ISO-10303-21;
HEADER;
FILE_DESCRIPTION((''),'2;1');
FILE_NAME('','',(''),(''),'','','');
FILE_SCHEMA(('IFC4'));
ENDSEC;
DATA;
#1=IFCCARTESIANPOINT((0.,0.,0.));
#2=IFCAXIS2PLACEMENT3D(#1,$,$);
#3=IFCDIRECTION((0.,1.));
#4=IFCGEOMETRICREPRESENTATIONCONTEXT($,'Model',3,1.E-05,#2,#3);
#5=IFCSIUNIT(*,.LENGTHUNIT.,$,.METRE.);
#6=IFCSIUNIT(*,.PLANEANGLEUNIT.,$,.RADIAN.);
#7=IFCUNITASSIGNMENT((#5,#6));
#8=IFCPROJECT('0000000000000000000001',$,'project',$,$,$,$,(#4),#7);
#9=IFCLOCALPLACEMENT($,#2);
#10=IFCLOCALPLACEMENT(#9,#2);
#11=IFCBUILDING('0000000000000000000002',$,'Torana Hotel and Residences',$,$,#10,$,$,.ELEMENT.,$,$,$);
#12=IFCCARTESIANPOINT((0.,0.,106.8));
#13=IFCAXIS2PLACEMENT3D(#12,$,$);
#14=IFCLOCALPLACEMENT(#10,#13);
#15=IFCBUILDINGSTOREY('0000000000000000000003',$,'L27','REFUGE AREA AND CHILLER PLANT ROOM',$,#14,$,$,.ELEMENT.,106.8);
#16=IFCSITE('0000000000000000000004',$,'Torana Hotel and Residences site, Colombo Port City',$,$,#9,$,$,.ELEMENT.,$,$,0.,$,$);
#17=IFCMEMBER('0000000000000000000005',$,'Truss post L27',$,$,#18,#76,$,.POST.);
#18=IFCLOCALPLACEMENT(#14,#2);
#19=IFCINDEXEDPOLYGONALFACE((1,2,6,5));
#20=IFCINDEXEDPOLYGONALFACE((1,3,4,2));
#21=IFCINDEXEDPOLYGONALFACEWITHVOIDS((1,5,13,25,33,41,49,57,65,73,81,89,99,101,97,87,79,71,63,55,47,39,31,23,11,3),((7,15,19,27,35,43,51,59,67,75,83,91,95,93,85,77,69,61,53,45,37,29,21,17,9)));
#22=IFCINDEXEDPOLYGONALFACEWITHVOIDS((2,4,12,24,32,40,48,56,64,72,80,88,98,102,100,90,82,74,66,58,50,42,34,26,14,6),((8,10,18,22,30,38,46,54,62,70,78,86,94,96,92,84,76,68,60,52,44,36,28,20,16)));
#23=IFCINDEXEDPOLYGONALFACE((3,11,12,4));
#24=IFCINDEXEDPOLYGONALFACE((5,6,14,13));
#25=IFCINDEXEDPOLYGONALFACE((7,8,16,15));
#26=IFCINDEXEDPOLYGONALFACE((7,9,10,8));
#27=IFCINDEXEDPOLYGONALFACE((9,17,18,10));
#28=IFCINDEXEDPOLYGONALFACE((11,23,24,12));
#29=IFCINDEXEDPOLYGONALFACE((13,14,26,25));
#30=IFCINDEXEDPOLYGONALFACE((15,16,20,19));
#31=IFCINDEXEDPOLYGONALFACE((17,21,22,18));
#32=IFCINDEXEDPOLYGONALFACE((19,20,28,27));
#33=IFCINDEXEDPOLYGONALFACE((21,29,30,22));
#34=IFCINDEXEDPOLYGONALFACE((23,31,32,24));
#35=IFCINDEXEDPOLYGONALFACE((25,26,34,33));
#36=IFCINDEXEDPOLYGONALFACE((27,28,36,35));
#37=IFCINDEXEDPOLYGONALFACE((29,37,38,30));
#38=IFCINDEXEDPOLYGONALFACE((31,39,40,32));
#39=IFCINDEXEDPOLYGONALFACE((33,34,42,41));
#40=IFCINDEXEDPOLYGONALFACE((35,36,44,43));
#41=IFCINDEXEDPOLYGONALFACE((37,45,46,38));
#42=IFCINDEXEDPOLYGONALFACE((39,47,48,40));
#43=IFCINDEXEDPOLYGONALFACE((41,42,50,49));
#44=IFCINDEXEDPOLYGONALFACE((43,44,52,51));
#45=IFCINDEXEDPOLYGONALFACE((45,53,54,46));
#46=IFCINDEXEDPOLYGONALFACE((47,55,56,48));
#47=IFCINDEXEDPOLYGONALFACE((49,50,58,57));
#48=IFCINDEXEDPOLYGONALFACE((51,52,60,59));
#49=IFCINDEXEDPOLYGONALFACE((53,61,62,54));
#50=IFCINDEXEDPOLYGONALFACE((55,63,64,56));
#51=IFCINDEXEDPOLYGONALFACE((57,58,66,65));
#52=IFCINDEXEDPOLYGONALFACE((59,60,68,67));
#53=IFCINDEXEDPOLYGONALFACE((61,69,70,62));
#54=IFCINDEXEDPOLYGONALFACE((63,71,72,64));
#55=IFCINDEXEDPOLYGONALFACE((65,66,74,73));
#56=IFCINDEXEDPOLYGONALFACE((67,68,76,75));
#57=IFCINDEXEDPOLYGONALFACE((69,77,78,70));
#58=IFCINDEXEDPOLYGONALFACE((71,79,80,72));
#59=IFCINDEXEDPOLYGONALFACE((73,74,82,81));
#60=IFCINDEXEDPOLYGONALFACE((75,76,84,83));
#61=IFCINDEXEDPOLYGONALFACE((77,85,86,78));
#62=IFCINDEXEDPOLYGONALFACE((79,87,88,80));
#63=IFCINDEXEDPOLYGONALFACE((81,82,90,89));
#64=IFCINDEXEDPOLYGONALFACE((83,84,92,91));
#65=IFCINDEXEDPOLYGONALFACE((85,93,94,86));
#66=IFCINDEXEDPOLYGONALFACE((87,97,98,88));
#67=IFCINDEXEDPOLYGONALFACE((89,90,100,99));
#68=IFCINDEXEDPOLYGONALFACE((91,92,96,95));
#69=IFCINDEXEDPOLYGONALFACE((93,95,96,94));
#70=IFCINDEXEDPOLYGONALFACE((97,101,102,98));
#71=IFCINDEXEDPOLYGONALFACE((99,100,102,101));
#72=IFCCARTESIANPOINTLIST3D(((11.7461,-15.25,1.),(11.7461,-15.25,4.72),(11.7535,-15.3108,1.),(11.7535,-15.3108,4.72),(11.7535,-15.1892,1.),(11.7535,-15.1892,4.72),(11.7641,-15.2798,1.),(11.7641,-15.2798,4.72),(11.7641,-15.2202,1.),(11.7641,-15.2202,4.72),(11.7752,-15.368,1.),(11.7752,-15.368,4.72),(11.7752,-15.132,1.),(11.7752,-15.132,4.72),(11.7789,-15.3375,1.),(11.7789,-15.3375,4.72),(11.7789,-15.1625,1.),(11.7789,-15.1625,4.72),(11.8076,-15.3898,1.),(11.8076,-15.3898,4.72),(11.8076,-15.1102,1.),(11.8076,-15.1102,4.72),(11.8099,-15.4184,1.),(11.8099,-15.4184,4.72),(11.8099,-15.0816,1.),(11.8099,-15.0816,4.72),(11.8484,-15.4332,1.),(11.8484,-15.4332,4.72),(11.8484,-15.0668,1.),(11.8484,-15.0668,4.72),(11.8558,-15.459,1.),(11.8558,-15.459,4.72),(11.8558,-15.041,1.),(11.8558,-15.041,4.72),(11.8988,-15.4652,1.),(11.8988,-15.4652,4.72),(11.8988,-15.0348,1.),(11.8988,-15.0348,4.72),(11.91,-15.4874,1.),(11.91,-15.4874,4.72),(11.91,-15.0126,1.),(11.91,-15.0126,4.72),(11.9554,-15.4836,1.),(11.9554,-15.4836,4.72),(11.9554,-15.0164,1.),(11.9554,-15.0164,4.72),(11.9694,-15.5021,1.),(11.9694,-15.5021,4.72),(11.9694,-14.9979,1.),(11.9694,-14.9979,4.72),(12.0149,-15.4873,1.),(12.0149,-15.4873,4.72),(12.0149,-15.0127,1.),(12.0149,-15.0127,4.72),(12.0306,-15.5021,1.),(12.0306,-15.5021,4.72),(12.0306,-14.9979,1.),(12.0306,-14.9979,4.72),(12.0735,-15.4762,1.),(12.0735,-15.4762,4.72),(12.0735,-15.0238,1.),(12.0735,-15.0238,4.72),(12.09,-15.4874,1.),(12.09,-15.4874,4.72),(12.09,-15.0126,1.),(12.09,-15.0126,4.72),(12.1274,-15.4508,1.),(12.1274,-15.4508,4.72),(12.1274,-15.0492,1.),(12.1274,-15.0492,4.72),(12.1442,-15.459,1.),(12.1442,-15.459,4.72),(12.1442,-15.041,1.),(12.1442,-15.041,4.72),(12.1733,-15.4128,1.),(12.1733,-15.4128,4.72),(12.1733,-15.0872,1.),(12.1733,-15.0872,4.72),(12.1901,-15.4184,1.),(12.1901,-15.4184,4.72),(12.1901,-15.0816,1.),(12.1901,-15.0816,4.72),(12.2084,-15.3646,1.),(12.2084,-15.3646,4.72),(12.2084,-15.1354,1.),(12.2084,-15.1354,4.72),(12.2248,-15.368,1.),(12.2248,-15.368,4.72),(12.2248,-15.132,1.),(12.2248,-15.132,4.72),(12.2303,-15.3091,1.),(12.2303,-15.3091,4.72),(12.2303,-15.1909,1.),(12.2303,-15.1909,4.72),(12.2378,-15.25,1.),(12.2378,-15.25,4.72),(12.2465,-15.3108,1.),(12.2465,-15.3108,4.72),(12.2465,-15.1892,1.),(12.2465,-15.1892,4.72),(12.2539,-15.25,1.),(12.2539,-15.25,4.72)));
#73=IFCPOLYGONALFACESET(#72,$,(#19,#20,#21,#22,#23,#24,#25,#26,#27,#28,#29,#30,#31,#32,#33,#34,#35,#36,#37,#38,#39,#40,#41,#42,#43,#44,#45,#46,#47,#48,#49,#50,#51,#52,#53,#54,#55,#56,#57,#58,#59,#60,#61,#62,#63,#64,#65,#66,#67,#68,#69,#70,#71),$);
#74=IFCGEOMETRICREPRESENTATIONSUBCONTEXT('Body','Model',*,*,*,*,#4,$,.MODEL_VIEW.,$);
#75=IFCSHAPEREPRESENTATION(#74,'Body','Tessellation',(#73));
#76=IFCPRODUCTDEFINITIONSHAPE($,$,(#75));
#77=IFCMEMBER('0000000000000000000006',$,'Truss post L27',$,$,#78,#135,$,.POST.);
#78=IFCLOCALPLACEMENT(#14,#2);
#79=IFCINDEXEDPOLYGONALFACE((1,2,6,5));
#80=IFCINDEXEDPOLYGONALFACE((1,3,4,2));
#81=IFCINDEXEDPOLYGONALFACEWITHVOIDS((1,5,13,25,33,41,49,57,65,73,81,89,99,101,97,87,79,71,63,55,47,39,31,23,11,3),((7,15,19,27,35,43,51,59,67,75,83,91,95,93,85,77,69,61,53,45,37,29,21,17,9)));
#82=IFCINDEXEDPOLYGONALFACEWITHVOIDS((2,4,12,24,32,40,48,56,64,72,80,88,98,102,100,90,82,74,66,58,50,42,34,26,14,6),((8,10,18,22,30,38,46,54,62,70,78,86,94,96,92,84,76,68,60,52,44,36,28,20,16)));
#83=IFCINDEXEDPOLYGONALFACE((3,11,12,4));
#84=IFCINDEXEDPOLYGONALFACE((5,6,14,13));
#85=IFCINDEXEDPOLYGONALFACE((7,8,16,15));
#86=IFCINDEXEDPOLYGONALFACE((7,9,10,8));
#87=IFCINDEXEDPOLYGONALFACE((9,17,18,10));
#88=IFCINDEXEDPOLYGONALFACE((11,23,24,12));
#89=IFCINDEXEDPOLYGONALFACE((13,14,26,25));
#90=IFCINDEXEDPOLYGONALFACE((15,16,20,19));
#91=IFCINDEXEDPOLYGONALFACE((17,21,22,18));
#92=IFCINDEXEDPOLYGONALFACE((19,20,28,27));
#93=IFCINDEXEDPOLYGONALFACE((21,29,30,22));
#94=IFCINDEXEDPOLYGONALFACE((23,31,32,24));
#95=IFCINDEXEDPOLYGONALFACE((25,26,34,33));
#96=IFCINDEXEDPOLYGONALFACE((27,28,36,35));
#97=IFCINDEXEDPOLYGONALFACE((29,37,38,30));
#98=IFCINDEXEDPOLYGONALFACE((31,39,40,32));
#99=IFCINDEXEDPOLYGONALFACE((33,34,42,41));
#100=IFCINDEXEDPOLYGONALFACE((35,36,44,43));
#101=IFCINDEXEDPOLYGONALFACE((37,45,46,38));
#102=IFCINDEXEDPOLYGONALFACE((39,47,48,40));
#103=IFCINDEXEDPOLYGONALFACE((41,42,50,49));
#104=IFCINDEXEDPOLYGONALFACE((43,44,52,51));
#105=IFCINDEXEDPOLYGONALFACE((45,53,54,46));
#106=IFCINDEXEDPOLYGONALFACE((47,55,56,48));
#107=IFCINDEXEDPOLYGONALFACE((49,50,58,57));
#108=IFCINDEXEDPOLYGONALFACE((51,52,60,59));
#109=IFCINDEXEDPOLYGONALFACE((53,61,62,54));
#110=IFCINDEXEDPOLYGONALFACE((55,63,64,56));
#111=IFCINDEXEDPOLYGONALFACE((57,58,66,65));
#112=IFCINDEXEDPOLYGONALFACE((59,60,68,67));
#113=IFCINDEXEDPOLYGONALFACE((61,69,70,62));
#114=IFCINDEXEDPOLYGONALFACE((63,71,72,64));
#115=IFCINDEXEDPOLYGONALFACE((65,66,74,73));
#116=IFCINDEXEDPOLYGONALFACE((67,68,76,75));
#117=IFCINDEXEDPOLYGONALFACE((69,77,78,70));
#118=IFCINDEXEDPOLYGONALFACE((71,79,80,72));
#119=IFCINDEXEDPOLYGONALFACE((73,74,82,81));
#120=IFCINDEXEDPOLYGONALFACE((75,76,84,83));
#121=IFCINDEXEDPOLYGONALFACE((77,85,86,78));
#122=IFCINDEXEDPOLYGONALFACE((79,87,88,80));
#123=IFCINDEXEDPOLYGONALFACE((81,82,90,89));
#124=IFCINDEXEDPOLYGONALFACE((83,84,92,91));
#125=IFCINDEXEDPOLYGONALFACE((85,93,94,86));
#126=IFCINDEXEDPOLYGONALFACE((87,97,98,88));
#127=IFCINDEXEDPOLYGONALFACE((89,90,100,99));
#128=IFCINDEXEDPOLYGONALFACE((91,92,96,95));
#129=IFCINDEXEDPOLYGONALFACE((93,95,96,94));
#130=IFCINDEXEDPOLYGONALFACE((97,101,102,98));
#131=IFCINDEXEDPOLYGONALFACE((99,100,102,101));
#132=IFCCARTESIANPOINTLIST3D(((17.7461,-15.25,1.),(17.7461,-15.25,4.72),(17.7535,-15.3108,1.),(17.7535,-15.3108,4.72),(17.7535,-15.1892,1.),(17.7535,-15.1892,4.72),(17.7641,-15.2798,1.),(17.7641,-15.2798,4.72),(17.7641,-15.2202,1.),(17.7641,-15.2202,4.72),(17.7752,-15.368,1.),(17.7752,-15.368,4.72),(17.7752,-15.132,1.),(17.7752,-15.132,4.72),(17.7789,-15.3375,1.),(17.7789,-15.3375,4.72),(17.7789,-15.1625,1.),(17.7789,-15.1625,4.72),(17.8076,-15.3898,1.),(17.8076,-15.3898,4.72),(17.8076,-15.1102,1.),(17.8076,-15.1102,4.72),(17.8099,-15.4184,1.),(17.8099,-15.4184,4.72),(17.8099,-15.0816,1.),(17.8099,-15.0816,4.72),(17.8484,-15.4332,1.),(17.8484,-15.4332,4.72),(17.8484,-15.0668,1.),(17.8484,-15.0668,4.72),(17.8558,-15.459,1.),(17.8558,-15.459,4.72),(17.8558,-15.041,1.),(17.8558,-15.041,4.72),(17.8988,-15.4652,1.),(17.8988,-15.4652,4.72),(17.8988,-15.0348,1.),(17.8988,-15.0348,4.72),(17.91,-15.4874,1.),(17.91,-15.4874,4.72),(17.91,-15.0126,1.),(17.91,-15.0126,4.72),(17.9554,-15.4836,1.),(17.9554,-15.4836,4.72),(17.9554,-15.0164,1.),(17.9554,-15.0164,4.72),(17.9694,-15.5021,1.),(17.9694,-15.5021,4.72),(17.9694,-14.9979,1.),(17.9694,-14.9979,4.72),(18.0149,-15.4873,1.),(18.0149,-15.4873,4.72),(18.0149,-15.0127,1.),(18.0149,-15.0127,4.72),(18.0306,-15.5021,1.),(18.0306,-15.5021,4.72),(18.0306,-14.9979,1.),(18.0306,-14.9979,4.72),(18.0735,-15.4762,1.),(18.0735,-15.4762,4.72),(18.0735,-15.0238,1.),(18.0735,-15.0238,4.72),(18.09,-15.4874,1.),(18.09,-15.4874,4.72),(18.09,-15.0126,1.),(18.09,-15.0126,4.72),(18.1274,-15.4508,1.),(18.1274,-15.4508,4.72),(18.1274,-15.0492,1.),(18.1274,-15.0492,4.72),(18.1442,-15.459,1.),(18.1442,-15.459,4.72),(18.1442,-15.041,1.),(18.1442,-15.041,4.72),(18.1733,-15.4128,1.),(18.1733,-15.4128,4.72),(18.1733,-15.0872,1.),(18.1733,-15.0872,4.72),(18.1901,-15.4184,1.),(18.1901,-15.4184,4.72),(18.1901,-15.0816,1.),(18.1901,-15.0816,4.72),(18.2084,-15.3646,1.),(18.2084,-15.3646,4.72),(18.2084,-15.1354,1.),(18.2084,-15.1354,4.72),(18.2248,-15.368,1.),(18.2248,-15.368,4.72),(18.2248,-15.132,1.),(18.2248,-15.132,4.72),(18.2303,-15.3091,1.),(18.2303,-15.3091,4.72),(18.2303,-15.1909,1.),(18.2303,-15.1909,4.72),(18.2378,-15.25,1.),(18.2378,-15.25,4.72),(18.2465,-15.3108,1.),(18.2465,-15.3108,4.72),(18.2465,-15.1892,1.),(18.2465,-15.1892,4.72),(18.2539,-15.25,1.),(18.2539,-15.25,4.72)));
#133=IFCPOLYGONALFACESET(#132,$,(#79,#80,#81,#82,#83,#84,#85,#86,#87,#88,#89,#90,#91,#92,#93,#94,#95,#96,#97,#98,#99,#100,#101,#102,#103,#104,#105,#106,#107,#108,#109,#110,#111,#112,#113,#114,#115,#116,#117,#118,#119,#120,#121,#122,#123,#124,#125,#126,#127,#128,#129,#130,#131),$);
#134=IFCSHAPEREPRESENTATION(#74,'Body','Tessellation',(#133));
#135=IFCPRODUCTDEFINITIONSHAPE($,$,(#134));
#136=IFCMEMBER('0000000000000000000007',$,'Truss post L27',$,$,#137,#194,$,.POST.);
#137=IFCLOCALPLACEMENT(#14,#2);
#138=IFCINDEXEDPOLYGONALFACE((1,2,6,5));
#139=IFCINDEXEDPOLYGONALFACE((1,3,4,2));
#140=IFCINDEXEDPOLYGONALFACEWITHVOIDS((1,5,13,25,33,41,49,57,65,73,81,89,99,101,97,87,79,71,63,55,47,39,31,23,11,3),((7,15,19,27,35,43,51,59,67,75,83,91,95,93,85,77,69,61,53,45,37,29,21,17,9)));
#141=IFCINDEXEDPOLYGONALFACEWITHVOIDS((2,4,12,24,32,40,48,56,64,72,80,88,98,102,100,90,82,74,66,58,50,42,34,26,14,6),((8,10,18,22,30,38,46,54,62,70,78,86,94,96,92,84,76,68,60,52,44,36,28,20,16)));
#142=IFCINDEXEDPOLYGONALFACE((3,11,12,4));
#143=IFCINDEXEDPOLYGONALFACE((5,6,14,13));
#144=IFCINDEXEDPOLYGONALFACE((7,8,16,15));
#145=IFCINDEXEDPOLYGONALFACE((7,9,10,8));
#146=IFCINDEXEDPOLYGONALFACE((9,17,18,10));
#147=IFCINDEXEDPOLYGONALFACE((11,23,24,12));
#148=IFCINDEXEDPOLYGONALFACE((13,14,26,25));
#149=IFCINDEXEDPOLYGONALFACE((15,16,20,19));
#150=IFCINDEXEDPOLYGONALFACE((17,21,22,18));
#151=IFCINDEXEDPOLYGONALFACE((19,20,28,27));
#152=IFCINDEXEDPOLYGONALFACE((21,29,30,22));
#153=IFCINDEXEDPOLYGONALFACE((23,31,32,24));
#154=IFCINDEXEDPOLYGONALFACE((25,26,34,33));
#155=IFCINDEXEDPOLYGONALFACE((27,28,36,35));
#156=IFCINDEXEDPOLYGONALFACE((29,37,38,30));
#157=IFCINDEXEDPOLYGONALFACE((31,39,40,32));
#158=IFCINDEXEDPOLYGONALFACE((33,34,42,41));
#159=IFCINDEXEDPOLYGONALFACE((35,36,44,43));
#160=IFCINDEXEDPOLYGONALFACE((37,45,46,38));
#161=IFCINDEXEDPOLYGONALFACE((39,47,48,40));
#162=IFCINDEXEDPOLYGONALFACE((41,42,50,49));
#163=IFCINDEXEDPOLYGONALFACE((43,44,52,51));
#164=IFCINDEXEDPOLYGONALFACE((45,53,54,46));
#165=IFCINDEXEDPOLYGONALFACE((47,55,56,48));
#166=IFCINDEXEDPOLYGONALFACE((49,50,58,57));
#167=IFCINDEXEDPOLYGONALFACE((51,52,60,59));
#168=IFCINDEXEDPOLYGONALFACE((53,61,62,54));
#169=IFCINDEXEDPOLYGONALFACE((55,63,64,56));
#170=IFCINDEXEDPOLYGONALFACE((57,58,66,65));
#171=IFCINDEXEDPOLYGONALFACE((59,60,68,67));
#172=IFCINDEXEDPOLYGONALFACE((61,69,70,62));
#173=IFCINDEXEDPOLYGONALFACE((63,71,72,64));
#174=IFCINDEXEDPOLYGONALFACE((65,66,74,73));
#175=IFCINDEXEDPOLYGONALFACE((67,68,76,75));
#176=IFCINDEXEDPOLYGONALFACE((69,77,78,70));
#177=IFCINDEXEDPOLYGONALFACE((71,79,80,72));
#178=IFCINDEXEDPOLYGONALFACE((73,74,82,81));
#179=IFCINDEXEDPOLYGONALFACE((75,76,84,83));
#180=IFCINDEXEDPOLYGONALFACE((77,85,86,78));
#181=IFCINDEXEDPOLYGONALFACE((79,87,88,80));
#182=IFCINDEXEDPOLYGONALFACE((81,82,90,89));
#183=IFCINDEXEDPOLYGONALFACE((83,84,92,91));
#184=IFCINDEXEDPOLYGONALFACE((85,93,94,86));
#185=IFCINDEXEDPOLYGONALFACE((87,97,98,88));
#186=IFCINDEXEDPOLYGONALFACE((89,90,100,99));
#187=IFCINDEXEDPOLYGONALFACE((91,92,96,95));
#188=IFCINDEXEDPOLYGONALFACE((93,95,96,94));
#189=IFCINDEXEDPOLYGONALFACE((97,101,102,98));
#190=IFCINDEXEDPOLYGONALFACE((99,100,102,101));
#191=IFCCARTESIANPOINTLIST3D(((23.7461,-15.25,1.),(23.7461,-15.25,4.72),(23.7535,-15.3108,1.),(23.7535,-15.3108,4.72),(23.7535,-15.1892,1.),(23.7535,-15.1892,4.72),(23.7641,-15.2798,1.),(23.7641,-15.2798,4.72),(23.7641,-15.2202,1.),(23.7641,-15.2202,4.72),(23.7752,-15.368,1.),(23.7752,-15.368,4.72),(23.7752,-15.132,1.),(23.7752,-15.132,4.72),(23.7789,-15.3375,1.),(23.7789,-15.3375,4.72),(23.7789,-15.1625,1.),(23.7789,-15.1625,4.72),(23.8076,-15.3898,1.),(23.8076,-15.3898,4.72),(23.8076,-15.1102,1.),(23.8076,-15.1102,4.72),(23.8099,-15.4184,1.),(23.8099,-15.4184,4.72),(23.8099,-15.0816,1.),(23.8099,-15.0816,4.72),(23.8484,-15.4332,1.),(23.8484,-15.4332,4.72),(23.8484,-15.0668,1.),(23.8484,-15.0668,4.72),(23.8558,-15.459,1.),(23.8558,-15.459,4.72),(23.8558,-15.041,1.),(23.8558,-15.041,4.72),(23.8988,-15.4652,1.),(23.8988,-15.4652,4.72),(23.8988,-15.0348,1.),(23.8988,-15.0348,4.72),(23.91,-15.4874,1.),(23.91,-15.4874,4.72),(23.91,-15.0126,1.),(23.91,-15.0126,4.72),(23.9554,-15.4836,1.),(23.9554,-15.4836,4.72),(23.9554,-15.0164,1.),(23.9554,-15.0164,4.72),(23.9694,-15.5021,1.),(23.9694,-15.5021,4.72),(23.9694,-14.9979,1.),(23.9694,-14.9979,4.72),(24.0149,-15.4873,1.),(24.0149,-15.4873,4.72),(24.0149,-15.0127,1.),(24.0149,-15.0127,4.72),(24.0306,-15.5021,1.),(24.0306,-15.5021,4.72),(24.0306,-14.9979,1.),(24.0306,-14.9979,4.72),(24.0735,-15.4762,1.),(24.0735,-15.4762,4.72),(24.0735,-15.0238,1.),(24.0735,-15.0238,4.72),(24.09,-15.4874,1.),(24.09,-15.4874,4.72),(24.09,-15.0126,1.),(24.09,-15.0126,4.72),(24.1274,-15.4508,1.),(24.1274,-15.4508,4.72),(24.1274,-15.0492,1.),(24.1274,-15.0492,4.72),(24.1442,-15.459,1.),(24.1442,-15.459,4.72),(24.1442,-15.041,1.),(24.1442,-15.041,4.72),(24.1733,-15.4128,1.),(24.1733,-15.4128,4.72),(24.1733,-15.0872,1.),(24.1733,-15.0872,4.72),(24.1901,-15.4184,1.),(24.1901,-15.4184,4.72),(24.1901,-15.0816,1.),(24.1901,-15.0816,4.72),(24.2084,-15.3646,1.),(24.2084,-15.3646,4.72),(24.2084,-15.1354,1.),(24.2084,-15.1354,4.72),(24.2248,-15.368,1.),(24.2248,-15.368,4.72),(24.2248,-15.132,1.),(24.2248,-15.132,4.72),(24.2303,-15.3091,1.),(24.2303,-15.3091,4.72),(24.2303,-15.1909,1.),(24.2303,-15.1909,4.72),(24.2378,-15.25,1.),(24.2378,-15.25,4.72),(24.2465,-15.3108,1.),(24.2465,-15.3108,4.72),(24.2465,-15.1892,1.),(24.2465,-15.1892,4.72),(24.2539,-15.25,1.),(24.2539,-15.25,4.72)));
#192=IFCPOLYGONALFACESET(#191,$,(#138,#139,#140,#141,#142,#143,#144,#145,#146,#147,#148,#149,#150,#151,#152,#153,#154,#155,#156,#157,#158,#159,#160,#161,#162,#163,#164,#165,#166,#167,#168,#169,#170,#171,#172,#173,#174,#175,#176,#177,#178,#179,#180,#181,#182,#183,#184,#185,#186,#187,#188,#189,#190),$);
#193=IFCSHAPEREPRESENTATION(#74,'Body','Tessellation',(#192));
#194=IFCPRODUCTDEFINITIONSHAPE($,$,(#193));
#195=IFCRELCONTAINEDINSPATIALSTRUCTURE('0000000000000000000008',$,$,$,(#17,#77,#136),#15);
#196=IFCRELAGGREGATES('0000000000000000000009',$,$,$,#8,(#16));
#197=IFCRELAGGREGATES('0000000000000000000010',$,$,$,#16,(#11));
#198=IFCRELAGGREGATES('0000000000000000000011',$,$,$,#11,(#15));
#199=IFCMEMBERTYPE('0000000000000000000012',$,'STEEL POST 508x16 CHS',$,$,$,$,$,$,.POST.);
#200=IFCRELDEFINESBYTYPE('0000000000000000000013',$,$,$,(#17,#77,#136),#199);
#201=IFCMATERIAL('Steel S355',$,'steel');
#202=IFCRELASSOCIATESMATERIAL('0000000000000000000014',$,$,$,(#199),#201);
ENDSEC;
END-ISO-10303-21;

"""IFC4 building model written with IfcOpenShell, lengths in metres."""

from ifc_helpers import new_model, si_unit, direction, frame, origin, origin_2d, place, context, subcontext, project, spatial, hollow_circle, extrude, material, material_profile, profile_set, type_object, element, save


model = new_model("IFC4")

# Units and contexts
model_context = context("Model", 3, precision=1e-05, world=origin(), true_north=direction((0.0, 1.0)))
body_context = subcontext(model_context, "Body", "Model", "MODEL_VIEW")
ifc_project = project(units=[si_unit("LENGTHUNIT", "METRE"), si_unit("PLANEANGLEUNIT", "RADIAN")], contexts=[model_context])

# Site, building, storey
site_placement = place(None, origin())
site = spatial("IfcSite", under=ifc_project, at=site_placement, Name="Torana Hotel and Residences site, Colombo Port City", CompositionType="ELEMENT", RefElevation=0.0)
building_placement = place(site_placement, origin())
building = spatial("IfcBuilding", under=site, at=building_placement, Name="Torana Hotel and Residences", CompositionType="ELEMENT")
storey_placement = place(building_placement, frame((0.0, 0.0, 106.8)))
storey = spatial("IfcBuildingStorey", under=building, at=storey_placement, Name="L27", Description="REFUGE AREA AND CHILLER PLANT ROOM", CompositionType="ELEMENT", Elevation=106.8)

# Members
ifc_material_1 = material(Name="Steel S355", Category="steel")
ifc_material_profile_1 = material_profile(ifc_material_1, hollow_circle(Radius=0.2539, WallThickness=0.0161, at=origin_2d()), Name="508x16 CHS")
ifc_profile_set_1 = profile_set([ifc_material_profile_1], Name="Steel S355")
member_type_1 = type_object("IfcMemberType", Name="STEEL POST 508x16 CHS", PredefinedType="POST", material=ifc_profile_set_1)
for number, where, z_axis, x_axis, name in (
    (1, (12.0, -15.25, 1.0), (0.0, 0.0, 1.0), (1.0, 0.0, 0.0), "Truss post L27"),
    (2, (18.0, -15.25, 1.0), (0.0, 0.0, 1.0), (1.0, 0.0, 0.0), "Truss post L27"),
    (3, (24.0, -15.25, 1.0), (0.0, 0.0, 1.0), (1.0, 0.0, 0.0), "Truss post L27"),
):
    element("IfcMember", number, at=place(storey_placement, frame(where, z_axis=z_axis, x_axis=x_axis)), inside=storey, type_object=member_type_1, Name=name, PredefinedType="POST", context=body_context, shape_type="SweptSolid", body=[
        extrude(hollow_circle(Radius=0.2539, WallThickness=0.0161, at=origin_2d()), origin(), (0.0, 0.0, 1.0), 3.72),
    ])

save(model, "model.ifc")
